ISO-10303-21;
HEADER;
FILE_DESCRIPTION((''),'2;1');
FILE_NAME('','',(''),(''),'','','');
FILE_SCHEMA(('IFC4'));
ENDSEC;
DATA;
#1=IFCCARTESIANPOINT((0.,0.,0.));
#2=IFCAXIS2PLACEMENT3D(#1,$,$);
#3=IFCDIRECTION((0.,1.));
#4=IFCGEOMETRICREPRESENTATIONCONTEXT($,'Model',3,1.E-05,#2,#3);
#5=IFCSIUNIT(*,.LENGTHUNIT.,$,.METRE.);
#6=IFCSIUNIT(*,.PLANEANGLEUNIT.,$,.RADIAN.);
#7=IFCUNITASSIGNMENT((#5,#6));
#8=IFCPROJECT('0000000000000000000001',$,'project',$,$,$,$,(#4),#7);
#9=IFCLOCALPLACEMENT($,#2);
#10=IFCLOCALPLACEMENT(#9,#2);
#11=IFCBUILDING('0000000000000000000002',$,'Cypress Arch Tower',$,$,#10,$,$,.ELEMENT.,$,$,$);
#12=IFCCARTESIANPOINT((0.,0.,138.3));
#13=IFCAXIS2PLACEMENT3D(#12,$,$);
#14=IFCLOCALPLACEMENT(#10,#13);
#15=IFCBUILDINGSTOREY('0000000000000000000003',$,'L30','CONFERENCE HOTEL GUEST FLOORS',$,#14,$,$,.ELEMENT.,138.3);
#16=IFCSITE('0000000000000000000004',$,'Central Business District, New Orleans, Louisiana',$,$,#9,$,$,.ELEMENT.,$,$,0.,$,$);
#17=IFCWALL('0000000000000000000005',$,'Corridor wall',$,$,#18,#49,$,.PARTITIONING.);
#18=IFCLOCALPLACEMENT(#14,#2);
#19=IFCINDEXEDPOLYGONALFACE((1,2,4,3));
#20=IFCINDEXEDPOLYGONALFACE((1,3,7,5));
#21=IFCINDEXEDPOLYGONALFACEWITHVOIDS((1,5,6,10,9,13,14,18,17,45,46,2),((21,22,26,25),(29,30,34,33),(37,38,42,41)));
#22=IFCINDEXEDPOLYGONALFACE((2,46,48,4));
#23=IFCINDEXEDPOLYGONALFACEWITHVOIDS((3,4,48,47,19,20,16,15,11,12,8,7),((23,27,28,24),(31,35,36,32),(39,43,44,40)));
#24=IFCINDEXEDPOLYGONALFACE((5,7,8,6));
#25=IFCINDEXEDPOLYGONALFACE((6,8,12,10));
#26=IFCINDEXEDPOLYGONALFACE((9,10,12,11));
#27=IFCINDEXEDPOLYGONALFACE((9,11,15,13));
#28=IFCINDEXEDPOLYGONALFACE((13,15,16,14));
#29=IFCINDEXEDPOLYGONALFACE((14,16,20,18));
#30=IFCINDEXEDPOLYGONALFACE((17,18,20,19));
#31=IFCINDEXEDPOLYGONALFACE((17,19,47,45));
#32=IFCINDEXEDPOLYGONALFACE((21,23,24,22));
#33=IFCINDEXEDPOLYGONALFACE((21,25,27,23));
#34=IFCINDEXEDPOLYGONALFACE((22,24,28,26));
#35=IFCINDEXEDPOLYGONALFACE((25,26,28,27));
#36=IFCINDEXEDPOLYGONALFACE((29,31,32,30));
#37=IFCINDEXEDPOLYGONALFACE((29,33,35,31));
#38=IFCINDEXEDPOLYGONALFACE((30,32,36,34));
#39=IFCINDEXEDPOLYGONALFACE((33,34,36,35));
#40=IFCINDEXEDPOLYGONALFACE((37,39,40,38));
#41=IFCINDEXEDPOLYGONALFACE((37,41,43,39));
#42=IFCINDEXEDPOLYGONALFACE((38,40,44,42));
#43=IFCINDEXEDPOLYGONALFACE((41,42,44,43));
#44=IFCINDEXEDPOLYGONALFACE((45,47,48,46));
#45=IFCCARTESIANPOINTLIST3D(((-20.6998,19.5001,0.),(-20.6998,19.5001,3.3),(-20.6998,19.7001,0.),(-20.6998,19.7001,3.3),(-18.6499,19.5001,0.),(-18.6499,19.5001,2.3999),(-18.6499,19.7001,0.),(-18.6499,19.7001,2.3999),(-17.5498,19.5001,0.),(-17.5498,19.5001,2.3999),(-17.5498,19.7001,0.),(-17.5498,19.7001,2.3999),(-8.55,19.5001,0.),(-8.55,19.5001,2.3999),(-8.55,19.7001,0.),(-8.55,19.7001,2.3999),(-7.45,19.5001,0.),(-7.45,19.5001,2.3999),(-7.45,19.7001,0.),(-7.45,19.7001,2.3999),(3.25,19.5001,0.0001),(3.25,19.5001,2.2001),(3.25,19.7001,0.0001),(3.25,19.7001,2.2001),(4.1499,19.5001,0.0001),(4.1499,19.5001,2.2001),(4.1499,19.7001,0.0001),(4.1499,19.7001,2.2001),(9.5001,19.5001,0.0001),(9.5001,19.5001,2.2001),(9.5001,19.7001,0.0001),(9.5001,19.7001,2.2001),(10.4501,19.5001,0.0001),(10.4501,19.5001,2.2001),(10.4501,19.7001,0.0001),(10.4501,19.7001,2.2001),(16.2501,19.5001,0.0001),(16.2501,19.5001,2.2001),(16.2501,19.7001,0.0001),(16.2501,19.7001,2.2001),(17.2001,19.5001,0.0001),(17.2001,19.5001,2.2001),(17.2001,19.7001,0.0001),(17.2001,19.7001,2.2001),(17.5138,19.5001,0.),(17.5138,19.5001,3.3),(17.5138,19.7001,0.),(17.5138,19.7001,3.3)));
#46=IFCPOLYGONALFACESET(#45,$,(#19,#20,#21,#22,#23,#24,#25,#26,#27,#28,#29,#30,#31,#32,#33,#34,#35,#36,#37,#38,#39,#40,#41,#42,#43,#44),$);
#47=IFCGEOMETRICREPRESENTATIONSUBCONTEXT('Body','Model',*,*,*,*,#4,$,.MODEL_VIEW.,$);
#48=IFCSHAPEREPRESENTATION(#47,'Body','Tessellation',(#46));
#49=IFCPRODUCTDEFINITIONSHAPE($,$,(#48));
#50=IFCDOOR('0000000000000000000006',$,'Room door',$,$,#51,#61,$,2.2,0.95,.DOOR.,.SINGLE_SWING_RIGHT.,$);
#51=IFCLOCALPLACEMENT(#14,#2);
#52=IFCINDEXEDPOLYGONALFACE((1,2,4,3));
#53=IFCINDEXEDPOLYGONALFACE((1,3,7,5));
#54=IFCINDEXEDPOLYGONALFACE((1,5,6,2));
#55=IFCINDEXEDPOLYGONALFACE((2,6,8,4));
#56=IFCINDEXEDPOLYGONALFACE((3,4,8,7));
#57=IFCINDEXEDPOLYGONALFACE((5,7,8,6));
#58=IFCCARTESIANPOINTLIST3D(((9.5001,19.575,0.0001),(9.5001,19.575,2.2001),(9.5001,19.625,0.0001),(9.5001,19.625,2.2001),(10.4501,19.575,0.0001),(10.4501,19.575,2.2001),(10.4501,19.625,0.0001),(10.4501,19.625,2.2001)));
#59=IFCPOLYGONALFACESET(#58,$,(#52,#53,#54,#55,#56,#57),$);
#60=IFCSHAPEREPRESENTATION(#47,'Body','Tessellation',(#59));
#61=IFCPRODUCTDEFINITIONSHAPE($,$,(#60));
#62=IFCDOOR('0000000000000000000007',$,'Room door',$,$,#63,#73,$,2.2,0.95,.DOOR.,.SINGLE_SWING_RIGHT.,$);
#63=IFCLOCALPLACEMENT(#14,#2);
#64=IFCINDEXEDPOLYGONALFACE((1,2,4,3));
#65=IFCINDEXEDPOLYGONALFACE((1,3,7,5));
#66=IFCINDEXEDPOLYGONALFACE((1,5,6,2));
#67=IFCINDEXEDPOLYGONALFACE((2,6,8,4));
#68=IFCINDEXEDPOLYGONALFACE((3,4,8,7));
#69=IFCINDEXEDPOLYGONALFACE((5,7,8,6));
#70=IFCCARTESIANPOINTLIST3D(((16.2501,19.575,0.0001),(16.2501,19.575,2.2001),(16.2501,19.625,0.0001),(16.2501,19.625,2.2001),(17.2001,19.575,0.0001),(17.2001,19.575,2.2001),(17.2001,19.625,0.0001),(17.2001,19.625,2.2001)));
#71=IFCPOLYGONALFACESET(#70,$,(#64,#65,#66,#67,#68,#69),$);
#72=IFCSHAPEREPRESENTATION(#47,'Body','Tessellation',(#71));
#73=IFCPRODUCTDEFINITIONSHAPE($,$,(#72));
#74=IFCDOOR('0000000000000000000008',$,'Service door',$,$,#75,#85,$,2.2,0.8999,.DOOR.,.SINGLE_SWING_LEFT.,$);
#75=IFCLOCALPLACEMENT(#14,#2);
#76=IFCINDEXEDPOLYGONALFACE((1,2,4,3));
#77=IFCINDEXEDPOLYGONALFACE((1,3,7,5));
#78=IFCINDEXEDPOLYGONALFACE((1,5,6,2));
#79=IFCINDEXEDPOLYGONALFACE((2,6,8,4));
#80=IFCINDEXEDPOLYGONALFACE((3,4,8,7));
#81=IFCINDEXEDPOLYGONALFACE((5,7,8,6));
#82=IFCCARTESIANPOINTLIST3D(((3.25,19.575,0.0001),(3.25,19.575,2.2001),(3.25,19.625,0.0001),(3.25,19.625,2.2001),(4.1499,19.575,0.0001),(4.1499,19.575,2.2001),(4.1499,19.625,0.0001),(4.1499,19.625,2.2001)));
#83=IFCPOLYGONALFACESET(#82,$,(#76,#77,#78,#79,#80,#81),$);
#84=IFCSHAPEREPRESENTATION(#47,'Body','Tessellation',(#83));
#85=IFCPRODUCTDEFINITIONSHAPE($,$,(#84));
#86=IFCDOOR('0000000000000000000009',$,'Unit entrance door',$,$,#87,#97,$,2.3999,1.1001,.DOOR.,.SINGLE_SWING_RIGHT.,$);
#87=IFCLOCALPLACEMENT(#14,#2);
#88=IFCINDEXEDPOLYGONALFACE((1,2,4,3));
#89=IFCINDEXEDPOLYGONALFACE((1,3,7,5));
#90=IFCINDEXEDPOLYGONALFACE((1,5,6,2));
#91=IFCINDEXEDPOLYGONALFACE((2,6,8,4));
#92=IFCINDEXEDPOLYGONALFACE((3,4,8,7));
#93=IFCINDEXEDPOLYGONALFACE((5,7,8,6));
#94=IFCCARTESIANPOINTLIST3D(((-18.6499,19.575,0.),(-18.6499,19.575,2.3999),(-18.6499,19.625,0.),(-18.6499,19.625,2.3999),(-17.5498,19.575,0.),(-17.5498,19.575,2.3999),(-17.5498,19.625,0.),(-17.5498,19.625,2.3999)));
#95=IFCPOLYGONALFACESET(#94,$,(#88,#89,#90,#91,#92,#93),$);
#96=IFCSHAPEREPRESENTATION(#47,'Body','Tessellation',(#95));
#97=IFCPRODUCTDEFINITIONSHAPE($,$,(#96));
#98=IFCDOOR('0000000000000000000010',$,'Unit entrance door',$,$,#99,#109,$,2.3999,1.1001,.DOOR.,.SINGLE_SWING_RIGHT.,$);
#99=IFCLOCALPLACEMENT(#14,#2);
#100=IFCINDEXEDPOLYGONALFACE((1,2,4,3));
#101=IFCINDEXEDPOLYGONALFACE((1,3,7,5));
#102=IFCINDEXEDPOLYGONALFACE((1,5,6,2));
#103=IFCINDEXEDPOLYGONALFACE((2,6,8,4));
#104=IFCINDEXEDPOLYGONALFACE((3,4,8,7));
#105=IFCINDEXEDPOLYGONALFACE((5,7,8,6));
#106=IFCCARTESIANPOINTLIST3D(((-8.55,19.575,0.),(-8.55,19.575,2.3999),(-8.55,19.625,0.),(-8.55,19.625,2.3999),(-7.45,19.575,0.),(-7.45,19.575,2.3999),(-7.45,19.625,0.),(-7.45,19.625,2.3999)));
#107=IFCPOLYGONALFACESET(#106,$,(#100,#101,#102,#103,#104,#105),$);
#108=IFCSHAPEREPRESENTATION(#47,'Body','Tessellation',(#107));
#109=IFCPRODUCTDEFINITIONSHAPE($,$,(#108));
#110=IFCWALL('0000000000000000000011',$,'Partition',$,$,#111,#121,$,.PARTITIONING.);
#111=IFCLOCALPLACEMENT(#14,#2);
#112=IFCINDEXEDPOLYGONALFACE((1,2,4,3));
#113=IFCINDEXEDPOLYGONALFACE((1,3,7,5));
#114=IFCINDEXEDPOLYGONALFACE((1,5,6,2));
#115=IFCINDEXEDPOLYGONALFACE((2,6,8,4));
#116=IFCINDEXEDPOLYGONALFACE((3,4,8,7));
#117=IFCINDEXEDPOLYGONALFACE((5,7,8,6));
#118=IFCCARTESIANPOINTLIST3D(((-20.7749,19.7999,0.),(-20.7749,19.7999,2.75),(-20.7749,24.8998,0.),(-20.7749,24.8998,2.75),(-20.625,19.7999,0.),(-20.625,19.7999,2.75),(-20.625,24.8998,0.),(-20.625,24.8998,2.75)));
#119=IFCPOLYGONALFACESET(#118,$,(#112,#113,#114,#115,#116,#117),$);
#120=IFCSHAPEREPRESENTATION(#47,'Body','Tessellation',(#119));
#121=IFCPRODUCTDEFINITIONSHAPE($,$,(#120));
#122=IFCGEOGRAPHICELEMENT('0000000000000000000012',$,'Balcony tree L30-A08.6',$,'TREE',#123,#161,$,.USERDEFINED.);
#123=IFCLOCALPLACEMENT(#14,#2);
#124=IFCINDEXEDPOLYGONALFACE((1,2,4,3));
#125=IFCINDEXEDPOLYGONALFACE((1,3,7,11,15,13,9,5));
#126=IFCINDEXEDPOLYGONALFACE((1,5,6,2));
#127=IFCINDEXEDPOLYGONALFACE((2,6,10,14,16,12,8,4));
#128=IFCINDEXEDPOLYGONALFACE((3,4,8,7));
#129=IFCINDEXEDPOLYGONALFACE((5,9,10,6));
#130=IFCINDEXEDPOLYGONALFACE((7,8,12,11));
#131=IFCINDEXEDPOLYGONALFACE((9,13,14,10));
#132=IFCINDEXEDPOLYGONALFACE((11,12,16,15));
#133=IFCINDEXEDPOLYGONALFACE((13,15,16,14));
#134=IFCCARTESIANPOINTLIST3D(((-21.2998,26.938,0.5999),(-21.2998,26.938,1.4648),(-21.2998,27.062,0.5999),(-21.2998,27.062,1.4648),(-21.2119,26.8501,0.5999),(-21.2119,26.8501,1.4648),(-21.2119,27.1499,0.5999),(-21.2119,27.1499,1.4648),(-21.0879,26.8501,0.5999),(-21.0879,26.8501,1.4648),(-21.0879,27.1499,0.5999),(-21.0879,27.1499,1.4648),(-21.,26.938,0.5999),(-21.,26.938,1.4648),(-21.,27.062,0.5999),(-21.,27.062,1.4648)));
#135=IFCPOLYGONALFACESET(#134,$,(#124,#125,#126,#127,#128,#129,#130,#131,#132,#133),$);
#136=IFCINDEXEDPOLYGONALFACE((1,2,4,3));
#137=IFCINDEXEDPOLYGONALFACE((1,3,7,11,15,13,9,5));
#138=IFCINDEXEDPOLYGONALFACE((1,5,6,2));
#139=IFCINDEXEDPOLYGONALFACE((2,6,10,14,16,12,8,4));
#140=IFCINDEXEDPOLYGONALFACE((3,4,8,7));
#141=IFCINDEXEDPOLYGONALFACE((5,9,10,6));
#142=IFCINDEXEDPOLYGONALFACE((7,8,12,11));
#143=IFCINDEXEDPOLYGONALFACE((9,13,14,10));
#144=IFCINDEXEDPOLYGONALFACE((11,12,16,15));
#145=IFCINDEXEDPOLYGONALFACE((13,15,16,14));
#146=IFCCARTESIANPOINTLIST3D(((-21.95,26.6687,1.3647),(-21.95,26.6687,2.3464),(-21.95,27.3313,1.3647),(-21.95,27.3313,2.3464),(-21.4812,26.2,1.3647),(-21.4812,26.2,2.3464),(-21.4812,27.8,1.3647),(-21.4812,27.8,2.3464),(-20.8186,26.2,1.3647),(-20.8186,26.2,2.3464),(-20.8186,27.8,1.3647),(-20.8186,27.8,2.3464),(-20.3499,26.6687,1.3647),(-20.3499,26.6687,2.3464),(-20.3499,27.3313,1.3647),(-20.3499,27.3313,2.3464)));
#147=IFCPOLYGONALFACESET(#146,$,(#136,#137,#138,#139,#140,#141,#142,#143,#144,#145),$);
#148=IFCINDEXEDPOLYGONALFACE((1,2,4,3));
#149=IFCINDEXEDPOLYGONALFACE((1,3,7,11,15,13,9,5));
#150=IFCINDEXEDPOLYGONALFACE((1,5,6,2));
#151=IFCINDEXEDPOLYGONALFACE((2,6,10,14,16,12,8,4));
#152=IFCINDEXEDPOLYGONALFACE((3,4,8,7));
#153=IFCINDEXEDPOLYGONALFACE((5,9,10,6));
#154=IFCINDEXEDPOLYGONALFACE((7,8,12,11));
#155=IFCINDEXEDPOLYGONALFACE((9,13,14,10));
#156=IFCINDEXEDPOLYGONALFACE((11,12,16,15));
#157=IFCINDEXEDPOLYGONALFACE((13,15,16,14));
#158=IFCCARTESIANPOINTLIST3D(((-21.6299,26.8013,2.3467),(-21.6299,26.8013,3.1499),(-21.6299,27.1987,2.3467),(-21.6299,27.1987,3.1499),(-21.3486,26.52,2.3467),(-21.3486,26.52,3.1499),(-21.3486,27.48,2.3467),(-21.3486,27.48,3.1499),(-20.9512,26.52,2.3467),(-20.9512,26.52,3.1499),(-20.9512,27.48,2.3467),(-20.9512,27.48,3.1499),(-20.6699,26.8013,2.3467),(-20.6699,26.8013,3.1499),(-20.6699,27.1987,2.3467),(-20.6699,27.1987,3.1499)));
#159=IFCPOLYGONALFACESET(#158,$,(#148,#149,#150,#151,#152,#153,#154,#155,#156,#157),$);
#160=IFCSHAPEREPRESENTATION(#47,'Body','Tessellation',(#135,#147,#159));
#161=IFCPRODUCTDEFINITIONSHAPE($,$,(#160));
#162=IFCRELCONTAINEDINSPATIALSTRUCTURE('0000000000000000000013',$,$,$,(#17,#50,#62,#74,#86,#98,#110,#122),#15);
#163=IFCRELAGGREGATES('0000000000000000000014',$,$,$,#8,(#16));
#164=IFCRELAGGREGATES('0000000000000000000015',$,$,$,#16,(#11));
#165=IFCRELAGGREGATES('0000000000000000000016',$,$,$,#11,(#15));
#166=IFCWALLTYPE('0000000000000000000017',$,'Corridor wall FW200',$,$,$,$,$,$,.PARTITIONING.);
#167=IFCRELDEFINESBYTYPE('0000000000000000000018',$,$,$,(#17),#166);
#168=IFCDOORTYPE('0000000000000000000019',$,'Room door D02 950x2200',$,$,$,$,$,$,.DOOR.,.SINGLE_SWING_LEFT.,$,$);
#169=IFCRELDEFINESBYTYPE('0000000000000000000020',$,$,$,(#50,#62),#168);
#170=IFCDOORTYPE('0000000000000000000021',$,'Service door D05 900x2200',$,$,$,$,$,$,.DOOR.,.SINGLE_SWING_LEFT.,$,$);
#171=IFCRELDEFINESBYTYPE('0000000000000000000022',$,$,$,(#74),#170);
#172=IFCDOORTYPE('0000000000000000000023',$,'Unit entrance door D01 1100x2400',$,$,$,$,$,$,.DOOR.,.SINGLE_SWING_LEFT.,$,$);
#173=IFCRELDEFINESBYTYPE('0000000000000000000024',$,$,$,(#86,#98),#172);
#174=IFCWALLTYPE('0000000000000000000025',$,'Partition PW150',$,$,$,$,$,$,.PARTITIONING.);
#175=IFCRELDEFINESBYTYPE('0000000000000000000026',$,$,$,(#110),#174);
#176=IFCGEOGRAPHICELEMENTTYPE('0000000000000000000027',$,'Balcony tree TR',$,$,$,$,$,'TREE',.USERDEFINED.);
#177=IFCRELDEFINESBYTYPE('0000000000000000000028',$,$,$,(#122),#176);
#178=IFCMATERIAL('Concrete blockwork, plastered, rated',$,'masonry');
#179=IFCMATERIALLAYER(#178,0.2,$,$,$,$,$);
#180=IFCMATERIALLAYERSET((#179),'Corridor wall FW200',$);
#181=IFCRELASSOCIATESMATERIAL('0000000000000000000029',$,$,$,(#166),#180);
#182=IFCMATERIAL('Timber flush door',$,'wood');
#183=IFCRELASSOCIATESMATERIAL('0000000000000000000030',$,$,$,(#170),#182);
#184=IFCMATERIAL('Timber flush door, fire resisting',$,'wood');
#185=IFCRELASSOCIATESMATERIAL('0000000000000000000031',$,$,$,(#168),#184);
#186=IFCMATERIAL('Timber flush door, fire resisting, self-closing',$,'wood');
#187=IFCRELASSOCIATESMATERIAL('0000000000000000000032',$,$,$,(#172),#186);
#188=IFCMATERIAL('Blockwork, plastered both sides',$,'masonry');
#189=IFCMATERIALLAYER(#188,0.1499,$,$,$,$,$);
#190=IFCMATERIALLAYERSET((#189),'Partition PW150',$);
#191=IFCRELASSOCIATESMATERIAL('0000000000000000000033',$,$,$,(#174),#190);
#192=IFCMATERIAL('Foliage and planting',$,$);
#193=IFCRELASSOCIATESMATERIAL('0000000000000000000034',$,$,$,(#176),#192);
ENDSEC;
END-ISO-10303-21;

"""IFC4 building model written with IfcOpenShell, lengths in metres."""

from ifc_helpers import new_model, si_unit, direction, frame, frame_2d, origin, place, context, subcontext, project, spatial, polyline, rectangle, outline, extrude, material, layer, layer_set, type_object, element, fill, save


model = new_model("IFC4")

# Units and contexts
model_context = context("Model", 3, precision=1e-05, world=origin(), true_north=direction((0.0, 1.0)))
body_context = subcontext(model_context, "Body", "Model", "MODEL_VIEW")
ifc_project = project(units=[si_unit("LENGTHUNIT", "METRE"), si_unit("PLANEANGLEUNIT", "RADIAN")], contexts=[model_context])

# Site, building, storey
site_placement = place(None, origin())
site = spatial("IfcSite", under=ifc_project, at=site_placement, Name="Central Business District, New Orleans, Louisiana", CompositionType="ELEMENT", RefElevation=0.0)
building_placement = place(site_placement, origin())
building = spatial("IfcBuilding", under=site, at=building_placement, Name="Cypress Arch Tower", CompositionType="ELEMENT")
storey_placement = place(building_placement, frame((0.0, 0.0, 138.3)))
storey = spatial("IfcBuildingStorey", under=building, at=storey_placement, Name="L30", Description="CONFERENCE HOTEL GUEST FLOORS", CompositionType="ELEMENT", Elevation=138.3)

# Shared definitions
ifc_material_1 = material(Name="Concrete blockwork, plastered, rated", Category="masonry")
ifc_layer_1 = layer(ifc_material_1, 0.2)
ifc_layer_set_1 = layer_set([ifc_layer_1], Name="Corridor wall FW200")
wall_type_1 = type_object("IfcWallType", Name="Corridor wall FW200", PredefinedType="PARTITIONING", material=ifc_layer_set_1)
ifc_material_2 = material(Name="Timber flush door", Category="wood")
door_type_1 = type_object("IfcDoorType", Name="Service door D05 900x2200", OperationType="SINGLE_SWING_LEFT", PredefinedType="DOOR", material=ifc_material_2)

# Wall, openings, doors
wall_1_placement = place(storey_placement, frame((-20.7, 19.6001, 0.0), z_axis=(0.0, 0.0, 1.0), x_axis=(1.0, 0.0, 0.0)))
wall_1 = element("IfcWall", 1, at=wall_1_placement, inside=storey, type_object=wall_type_1, Name="Corridor wall", PredefinedType="PARTITIONING", context=body_context, shape_type="SweptSolid", body=[
    extrude(rectangle(XDim=38.2136, YDim=0.2, at=frame_2d((19.1069, 0.0))), origin(), (0.0, 0.0, 1.0), 3.3),
])
opening_1_placement = place(wall_1_placement, frame((23.95, 0.0, 0.0)))
opening_1 = element("IfcOpeningElement", 2, at=opening_1_placement, cuts=wall_1, PredefinedType="OPENING", context=body_context, shape_type="SweptSolid", body=[
    extrude(rectangle(XDim=0.8999, YDim=2.2, at=frame_2d((0.45, 1.1001))), frame((0.0, 0.1099, 0.0), z_axis=(0.0, -1.0, 0.0), x_axis=(1.0, 0.0, 0.0)), (0.0, 0.0, 1.0), 0.22),
])
opening_2_placement = place(wall_1_placement, frame((2.05, 0.0, 0.0)))
opening_2 = element("IfcOpeningElement", 3, at=opening_2_placement, cuts=wall_1, PredefinedType="OPENING", context=body_context, shape_type="SweptSolid", body=[
    extrude(rectangle(XDim=1.1001, YDim=2.3999, at=frame_2d((0.55, 1.2))), frame((0.0, 0.1099, 0.0), z_axis=(0.0, -1.0, 0.0), x_axis=(1.0, 0.0, 0.0)), (0.0, 0.0, 1.0), 0.22),
])
opening_3_placement = place(wall_1_placement, frame((12.1499, 0.0, 0.0)))
opening_3 = element("IfcOpeningElement", 4, at=opening_3_placement, cuts=wall_1, PredefinedType="OPENING", context=body_context, shape_type="SweptSolid", body=[
    extrude(rectangle(XDim=1.1001, YDim=2.3999, at=frame_2d((0.55, 1.2))), frame((0.0, 0.1099, 0.0), z_axis=(0.0, -1.0, 0.0), x_axis=(1.0, 0.0, 0.0)), (0.0, 0.0, 1.0), 0.22),
])
opening_4_placement = place(wall_1_placement, frame((30.2, 0.0, 0.0)))
opening_4 = element("IfcOpeningElement", 5, at=opening_4_placement, cuts=wall_1, PredefinedType="OPENING", context=body_context, shape_type="SweptSolid", body=[
    extrude(rectangle(XDim=0.95, YDim=2.2, at=frame_2d((0.4751, 1.1001))), frame((0.0, 0.1099, 0.0), z_axis=(0.0, -1.0, 0.0), x_axis=(1.0, 0.0, 0.0)), (0.0, 0.0, 1.0), 0.22),
])
opening_5_placement = place(wall_1_placement, frame((36.95, 0.0, 0.0)))
opening_5 = element("IfcOpeningElement", 6, at=opening_5_placement, cuts=wall_1, PredefinedType="OPENING", context=body_context, shape_type="SweptSolid", body=[
    extrude(rectangle(XDim=0.95, YDim=2.2, at=frame_2d((0.4751, 1.1001))), frame((0.0, 0.1099, 0.0), z_axis=(0.0, -1.0, 0.0), x_axis=(1.0, 0.0, 0.0)), (0.0, 0.0, 1.0), 0.22),
])
ifc_material_3 = material(Name="Timber flush door, fire resisting", Category="wood")
door_type_2 = type_object("IfcDoorType", Name="Room door D02 950x2200", OperationType="SINGLE_SWING_LEFT", PredefinedType="DOOR", material=ifc_material_3)
door_1_placement = place(opening_4_placement, origin())
door_1 = element("IfcDoor", 7, at=door_1_placement, inside=storey, type_object=door_type_2, Name="Room door", OperationType="SINGLE_SWING_RIGHT", OverallHeight=2.2, OverallWidth=0.95, PredefinedType="DOOR", context=body_context, shape_type="SweptSolid", body=[
    extrude(rectangle(XDim=0.95, YDim=2.2, at=frame_2d((0.4751, 1.1001))), frame((0.0, 0.0249, 0.0), z_axis=(0.0, -1.0, 0.0), x_axis=(1.0, 0.0, 0.0)), (0.0, 0.0, 1.0), 0.05),
])
fill(opening_4, door_1)
door_2_placement = place(opening_5_placement, origin())
door_2 = element("IfcDoor", 8, at=door_2_placement, inside=storey, type_object=door_type_2, Name="Room door", OperationType="SINGLE_SWING_RIGHT", OverallHeight=2.2, OverallWidth=0.95, PredefinedType="DOOR", context=body_context, shape_type="SweptSolid", body=[
    extrude(rectangle(XDim=0.95, YDim=2.2, at=frame_2d((0.4751, 1.1001))), frame((0.0, 0.0249, 0.0), z_axis=(0.0, -1.0, 0.0), x_axis=(1.0, 0.0, 0.0)), (0.0, 0.0, 1.0), 0.05),
])
fill(opening_5, door_2)
door_3_placement = place(opening_1_placement, origin())
door_3 = element("IfcDoor", 9, at=door_3_placement, inside=storey, type_object=door_type_1, Name="Service door", OperationType="SINGLE_SWING_LEFT", OverallHeight=2.2, OverallWidth=0.8999, PredefinedType="DOOR", context=body_context, shape_type="SweptSolid", body=[
    extrude(rectangle(XDim=0.8999, YDim=2.2, at=frame_2d((0.45, 1.1001))), frame((0.0, 0.0249, 0.0), z_axis=(0.0, -1.0, 0.0), x_axis=(1.0, 0.0, 0.0)), (0.0, 0.0, 1.0), 0.05),
])
fill(opening_1, door_3)
ifc_material_4 = material(Name="Timber flush door, fire resisting, self-closing", Category="wood")
door_type_3 = type_object("IfcDoorType", Name="Unit entrance door D01 1100x2400", OperationType="SINGLE_SWING_LEFT", PredefinedType="DOOR", material=ifc_material_4)
door_4_placement = place(opening_2_placement, origin())
door_4 = element("IfcDoor", 10, at=door_4_placement, inside=storey, type_object=door_type_3, Name="Unit entrance door", OperationType="SINGLE_SWING_RIGHT", OverallHeight=2.3999, OverallWidth=1.1001, PredefinedType="DOOR", context=body_context, shape_type="SweptSolid", body=[
    extrude(rectangle(XDim=1.1001, YDim=2.3999, at=frame_2d((0.55, 1.2))), frame((0.0, 0.0249, 0.0), z_axis=(0.0, -1.0, 0.0), x_axis=(1.0, 0.0, 0.0)), (0.0, 0.0, 1.0), 0.05),
])
fill(opening_2, door_4)
door_5_placement = place(opening_3_placement, origin())
door_5 = element("IfcDoor", 11, at=door_5_placement, inside=storey, type_object=door_type_3, Name="Unit entrance door", OperationType="SINGLE_SWING_RIGHT", OverallHeight=2.3999, OverallWidth=1.1001, PredefinedType="DOOR", context=body_context, shape_type="SweptSolid", body=[
    extrude(rectangle(XDim=1.1001, YDim=2.3999, at=frame_2d((0.55, 1.2))), frame((0.0, 0.0249, 0.0), z_axis=(0.0, -1.0, 0.0), x_axis=(1.0, 0.0, 0.0)), (0.0, 0.0, 1.0), 0.05),
])
fill(opening_3, door_5)

# Wall
ifc_material_5 = material(Name="Blockwork, plastered both sides", Category="masonry")
ifc_layer_2 = layer(ifc_material_5, 0.1499)
ifc_layer_set_2 = layer_set([ifc_layer_2], Name="Partition PW150")
wall_type_2 = type_object("IfcWallType", Name="Partition PW150", PredefinedType="PARTITIONING", material=ifc_layer_set_2)
wall_2_placement = place(storey_placement, frame((-20.7, 19.8, 0.0), z_axis=(0.0, 0.0, 1.0), x_axis=(0.0, 1.0, 0.0)))
element("IfcWall", 12, at=wall_2_placement, inside=storey, type_object=wall_type_2, Name="Partition", PredefinedType="PARTITIONING", context=body_context, shape_type="SweptSolid", body=[
    extrude(rectangle(XDim=5.0999, YDim=0.1499, at=frame_2d((2.5498, 0.0))), origin(), (0.0, 0.0, 1.0), 2.75),
])

# Geographic element
ifc_material_6 = material(Name="Foliage and planting")
geographic_element_type = type_object("IfcGeographicElementType", Name="Balcony tree TR", ElementType="TREE", PredefinedType="USERDEFINED", material=ifc_material_6)
geographic_element_placement = place(storey_placement, frame((-21.1499, 27.0, 0.5999), z_axis=(0.0, 0.0, 1.0), x_axis=(1.0, 0.0, 0.0)))
element("IfcGeographicElement", 13, at=geographic_element_placement, inside=storey, type_object=geographic_element_type, Name="Balcony tree L30-A08.6", ObjectType="TREE", PredefinedType="USERDEFINED", context=body_context, shape_type="SweptSolid", body=[
    extrude(outline(polyline([(0.1499, 0.062), (0.062, 0.1499), (-0.062, 0.1499), (-0.1499, 0.062), (-0.1499, -0.062), (-0.062, -0.1499), (0.062, -0.1499), (0.1499, -0.062), (0.1499, 0.062)])), origin(), (0.0, 0.0, 1.0), 0.865),
    extrude(outline(polyline([(0.8, 0.3313), (0.3313, 0.8), (-0.3313, 0.8), (-0.8, 0.3313), (-0.8, -0.3313), (-0.3313, -0.8), (0.3313, -0.8), (0.8, -0.3313), (0.8, 0.3313)])), frame((0.0, 0.0, 0.7649)), (0.0, 0.0, 1.0), 0.9817),
    extrude(outline(polyline([(0.48, 0.1987), (0.1987, 0.48), (-0.1987, 0.48), (-0.48, 0.1987), (-0.48, -0.1987), (-0.1987, -0.48), (0.1987, -0.48), (0.48, -0.1987), (0.48, 0.1987)])), frame((0.0, 0.0, 1.7468)), (0.0, 0.0, 1.0), 0.8032),
])

save(model, "model.ifc")
